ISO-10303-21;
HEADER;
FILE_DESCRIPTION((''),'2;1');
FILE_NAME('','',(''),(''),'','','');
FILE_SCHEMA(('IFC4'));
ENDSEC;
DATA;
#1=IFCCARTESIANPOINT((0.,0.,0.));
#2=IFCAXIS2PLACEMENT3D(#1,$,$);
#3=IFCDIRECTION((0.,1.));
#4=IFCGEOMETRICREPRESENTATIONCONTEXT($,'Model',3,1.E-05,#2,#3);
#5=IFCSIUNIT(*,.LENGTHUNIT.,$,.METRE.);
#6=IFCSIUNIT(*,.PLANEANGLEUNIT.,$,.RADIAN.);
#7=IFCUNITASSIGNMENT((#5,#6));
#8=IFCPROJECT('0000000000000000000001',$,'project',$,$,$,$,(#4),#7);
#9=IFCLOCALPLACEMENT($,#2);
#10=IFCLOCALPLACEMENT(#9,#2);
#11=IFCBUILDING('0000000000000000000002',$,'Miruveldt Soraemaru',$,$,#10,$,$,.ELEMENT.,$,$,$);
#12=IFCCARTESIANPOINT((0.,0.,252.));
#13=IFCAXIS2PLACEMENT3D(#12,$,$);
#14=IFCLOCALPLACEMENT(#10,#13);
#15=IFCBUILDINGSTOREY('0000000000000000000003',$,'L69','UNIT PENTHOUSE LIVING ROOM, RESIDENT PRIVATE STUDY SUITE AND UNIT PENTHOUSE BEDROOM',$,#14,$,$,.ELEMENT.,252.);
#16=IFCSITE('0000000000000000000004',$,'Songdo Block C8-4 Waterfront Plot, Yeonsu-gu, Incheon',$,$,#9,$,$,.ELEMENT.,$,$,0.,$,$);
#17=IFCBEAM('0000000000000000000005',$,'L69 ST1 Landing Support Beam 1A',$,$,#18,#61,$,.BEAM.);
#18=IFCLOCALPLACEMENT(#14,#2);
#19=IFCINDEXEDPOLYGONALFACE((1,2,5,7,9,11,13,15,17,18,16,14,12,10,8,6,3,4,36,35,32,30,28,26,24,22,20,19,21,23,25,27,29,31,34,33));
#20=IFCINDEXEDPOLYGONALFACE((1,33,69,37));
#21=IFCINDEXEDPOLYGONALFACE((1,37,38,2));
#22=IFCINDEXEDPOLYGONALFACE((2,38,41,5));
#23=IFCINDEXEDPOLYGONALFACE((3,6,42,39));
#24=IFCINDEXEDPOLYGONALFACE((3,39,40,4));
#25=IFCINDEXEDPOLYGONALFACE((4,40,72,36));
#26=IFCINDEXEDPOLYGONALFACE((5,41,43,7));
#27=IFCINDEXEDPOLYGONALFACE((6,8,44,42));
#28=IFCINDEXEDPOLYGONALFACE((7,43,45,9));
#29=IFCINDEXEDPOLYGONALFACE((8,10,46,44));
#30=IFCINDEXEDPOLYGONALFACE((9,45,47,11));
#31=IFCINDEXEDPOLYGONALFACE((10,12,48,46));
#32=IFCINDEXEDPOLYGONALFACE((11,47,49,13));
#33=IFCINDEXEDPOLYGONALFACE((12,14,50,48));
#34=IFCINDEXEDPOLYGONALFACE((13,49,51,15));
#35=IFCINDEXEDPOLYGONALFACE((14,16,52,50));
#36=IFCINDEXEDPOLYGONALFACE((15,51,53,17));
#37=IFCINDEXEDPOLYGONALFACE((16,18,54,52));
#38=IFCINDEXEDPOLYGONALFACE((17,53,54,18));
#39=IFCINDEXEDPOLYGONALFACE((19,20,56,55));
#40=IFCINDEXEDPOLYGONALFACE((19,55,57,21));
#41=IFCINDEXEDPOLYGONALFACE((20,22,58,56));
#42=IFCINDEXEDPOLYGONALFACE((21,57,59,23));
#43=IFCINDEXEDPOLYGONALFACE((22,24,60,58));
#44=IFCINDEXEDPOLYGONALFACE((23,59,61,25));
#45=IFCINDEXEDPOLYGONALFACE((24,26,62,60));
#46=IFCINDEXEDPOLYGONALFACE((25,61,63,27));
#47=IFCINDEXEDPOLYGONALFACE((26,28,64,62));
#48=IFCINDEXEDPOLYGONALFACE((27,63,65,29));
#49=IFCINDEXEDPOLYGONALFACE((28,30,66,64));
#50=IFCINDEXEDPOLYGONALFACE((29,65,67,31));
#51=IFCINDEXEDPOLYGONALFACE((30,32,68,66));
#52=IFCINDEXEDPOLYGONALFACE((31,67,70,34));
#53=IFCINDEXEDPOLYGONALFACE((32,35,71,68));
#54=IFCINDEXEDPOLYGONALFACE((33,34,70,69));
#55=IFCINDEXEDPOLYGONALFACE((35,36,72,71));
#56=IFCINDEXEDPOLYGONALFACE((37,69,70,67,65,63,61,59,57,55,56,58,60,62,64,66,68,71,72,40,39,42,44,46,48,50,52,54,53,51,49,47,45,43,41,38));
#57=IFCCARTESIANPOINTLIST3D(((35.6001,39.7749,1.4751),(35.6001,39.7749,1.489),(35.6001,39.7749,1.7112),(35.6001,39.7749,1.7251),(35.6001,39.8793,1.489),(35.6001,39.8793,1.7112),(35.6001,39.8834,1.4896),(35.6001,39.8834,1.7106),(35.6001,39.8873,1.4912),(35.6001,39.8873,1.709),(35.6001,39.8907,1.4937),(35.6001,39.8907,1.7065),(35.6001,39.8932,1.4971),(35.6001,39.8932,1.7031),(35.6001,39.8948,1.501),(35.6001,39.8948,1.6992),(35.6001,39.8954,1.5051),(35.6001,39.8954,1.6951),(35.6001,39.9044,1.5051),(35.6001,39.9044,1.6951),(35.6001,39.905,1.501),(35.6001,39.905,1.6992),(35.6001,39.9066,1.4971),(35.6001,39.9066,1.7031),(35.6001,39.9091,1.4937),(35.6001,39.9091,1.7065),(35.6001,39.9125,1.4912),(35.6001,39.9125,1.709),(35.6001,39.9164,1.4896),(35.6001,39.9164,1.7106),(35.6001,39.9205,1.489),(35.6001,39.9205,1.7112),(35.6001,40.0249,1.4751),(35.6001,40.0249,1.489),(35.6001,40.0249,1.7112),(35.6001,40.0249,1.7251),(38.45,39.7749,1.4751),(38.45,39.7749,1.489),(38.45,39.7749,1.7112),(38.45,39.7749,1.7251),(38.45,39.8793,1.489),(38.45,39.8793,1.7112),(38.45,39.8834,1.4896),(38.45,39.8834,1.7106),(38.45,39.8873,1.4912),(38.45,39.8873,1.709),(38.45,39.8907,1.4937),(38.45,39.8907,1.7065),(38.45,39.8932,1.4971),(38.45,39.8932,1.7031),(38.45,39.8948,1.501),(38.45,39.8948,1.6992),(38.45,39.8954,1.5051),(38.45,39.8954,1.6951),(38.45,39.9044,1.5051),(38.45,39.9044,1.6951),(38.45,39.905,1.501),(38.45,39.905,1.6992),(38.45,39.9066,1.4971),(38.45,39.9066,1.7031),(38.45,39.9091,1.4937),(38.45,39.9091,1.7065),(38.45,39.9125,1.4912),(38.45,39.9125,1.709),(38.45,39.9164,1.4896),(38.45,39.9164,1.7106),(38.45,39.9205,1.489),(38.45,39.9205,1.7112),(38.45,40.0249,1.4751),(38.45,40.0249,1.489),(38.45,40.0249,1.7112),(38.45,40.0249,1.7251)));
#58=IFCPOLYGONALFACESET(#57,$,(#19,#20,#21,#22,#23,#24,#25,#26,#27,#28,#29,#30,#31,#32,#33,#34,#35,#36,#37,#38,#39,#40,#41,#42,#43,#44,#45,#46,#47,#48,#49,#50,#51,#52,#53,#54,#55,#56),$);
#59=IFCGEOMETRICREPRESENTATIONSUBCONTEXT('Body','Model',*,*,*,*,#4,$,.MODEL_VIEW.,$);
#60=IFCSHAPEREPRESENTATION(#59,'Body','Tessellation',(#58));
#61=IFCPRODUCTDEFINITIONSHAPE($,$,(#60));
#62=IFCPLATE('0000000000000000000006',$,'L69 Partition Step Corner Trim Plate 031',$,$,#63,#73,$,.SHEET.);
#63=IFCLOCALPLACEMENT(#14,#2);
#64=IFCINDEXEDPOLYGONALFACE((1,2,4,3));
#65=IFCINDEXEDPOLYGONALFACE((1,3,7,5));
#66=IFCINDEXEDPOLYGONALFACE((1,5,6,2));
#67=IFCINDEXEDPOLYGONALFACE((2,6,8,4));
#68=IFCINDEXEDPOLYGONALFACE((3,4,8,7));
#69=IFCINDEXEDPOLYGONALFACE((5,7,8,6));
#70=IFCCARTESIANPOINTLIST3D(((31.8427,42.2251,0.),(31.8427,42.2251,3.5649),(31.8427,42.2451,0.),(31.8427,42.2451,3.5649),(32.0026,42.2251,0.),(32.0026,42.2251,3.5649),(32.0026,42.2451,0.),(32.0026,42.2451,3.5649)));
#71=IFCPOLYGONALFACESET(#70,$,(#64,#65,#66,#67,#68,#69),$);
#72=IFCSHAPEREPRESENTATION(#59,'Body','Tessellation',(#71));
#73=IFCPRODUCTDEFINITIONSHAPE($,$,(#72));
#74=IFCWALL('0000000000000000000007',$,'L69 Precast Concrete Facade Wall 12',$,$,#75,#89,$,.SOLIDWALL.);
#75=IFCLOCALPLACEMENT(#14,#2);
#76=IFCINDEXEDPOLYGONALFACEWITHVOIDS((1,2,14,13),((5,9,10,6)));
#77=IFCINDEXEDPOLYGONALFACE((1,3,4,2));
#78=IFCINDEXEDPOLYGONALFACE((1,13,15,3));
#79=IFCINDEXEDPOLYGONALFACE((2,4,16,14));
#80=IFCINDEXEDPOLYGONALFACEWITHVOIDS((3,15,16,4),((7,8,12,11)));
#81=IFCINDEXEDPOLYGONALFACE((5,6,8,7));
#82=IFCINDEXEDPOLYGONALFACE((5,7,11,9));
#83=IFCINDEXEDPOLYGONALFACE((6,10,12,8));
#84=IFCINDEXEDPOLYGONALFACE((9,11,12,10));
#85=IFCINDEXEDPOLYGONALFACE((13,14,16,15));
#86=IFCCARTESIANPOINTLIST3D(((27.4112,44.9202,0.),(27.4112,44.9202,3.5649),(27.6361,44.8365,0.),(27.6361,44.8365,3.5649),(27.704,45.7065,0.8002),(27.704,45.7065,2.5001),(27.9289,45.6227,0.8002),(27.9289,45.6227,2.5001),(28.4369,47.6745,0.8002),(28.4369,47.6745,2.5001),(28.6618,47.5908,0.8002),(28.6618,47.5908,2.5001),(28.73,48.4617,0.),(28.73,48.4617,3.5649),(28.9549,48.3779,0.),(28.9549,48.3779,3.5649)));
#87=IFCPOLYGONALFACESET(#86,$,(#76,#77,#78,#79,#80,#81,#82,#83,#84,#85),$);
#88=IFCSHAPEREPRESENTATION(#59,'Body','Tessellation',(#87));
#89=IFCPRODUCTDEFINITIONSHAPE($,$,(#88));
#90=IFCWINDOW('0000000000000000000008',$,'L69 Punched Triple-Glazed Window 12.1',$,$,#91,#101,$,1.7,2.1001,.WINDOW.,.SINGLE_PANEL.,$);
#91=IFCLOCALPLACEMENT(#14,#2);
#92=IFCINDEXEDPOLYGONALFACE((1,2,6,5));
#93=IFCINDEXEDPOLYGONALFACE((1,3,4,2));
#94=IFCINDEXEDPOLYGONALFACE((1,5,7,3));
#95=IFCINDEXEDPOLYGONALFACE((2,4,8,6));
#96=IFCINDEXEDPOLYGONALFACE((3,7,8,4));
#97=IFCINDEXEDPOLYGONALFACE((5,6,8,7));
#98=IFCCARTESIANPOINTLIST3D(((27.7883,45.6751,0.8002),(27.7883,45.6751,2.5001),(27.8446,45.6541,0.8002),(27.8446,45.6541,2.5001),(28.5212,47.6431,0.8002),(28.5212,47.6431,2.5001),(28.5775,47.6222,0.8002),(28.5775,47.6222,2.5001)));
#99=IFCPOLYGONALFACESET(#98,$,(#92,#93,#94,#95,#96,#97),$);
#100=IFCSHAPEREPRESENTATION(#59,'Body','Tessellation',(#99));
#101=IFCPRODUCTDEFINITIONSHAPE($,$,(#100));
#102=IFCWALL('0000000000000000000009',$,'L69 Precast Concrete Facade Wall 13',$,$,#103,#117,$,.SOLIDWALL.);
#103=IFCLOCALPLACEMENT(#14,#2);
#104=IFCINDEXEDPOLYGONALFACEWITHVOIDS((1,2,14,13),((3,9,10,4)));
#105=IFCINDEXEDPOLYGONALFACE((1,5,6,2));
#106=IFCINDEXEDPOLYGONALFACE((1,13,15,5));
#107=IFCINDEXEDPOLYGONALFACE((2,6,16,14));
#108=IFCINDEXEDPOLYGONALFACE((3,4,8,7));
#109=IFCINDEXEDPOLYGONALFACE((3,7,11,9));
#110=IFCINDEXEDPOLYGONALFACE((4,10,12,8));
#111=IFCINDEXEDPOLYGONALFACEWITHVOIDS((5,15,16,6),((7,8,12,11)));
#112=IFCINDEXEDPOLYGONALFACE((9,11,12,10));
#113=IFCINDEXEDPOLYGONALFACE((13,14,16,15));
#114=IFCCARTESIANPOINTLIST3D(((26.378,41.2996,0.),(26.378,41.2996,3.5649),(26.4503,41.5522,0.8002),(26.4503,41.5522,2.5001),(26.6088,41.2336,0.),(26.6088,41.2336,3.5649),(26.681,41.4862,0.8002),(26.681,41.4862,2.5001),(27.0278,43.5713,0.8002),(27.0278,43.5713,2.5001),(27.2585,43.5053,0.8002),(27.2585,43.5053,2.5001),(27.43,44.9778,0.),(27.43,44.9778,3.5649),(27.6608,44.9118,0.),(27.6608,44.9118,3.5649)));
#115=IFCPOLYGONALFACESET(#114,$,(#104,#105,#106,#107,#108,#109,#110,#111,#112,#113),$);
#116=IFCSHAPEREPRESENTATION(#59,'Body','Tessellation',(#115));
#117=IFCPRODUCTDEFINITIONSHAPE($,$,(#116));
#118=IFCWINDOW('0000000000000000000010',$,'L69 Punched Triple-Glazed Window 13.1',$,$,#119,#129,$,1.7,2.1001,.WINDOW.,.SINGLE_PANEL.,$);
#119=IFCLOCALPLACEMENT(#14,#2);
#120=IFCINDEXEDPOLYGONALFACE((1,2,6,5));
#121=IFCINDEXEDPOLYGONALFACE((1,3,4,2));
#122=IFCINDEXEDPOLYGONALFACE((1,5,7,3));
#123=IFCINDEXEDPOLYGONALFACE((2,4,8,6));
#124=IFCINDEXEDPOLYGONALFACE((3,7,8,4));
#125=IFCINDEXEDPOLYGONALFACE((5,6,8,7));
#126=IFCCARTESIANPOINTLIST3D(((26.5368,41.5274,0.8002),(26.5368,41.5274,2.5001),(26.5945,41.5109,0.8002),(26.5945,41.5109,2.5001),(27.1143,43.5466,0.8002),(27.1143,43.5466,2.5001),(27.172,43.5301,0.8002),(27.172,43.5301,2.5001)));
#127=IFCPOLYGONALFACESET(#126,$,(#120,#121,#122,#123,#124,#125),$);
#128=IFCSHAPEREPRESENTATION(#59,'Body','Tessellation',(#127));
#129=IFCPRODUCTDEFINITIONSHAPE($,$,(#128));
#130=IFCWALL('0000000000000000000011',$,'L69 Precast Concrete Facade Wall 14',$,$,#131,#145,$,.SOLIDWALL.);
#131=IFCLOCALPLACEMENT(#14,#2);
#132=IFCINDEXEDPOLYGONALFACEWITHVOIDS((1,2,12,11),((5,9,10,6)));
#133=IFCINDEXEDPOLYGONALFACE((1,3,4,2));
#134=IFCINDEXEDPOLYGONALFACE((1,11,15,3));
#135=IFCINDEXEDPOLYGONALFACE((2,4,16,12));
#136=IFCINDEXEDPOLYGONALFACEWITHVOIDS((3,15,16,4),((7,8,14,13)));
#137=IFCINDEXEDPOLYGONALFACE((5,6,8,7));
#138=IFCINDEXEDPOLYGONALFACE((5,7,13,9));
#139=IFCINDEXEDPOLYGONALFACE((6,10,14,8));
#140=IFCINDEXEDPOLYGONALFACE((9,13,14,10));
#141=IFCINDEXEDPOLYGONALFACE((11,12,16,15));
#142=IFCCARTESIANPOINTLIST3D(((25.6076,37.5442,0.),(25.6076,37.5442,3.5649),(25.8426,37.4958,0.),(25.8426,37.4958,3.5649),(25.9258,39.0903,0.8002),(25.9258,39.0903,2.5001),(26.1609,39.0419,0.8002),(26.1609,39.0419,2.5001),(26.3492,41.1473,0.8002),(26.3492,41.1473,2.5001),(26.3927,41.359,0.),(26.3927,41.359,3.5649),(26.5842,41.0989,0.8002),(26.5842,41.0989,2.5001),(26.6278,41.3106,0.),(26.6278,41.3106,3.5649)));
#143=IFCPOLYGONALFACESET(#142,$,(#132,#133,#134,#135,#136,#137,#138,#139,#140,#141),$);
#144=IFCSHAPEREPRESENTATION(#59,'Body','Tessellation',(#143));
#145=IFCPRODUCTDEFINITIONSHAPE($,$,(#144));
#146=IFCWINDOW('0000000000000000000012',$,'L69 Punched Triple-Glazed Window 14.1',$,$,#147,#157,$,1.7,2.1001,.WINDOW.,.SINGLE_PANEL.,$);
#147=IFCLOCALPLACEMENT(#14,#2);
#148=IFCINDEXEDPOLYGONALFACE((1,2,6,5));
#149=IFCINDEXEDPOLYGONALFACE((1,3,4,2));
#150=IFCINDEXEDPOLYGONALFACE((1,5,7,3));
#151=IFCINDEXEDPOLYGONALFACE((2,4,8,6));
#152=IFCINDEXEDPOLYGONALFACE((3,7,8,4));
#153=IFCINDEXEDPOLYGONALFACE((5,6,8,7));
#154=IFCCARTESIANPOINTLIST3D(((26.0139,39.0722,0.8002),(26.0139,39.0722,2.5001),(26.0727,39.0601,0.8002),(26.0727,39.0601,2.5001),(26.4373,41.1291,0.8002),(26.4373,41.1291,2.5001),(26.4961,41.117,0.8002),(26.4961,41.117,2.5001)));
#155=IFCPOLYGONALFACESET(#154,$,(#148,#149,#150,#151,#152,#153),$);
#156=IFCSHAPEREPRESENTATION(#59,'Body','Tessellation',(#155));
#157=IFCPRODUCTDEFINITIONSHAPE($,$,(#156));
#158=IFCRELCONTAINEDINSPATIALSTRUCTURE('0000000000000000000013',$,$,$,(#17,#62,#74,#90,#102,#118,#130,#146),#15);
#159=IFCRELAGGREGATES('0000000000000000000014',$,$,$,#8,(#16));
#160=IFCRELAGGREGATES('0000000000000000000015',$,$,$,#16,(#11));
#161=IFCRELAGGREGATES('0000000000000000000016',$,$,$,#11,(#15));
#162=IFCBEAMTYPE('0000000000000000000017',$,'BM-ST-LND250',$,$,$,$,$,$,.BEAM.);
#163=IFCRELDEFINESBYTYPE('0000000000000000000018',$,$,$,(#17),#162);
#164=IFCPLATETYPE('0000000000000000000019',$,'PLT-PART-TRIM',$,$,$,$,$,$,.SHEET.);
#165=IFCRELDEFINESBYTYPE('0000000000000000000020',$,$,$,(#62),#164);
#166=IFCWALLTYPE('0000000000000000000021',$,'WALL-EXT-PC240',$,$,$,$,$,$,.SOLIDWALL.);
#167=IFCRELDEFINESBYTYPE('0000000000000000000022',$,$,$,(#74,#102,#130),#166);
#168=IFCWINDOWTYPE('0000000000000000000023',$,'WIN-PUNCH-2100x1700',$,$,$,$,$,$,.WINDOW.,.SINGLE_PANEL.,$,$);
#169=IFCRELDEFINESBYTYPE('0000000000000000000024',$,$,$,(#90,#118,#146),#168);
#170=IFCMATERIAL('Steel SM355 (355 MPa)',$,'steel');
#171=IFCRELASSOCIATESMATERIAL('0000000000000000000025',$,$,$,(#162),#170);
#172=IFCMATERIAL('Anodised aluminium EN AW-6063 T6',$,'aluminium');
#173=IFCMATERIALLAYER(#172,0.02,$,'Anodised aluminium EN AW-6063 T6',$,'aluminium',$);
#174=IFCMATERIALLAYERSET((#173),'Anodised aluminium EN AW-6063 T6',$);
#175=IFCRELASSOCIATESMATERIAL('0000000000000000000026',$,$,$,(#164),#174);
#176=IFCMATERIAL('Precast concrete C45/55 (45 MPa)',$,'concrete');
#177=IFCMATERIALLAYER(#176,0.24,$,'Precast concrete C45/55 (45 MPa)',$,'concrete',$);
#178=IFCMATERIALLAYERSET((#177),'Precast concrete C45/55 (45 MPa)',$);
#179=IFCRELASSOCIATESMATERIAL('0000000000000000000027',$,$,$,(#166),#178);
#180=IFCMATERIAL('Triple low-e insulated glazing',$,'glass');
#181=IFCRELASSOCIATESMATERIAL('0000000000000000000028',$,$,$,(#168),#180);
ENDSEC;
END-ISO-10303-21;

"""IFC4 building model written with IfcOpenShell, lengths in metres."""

from ifc_helpers import new_model, si_unit, direction, frame, frame_2d, origin, origin_2d, place, context, subcontext, project, spatial, rectangle, i_section, extrude, material, layer, layer_set, material_profile, profile_set, type_object, element, fill, save


model = new_model("IFC4")

# Units and contexts
model_context = context("Model", 3, precision=1e-05, world=origin(), true_north=direction((0.0, 1.0)))
body_context = subcontext(model_context, "Body", "Model", "MODEL_VIEW")
ifc_project = project(units=[si_unit("LENGTHUNIT", "METRE"), si_unit("PLANEANGLEUNIT", "RADIAN")], contexts=[model_context])

# Site, building, storey
site_placement = place(None, origin())
site = spatial("IfcSite", under=ifc_project, at=site_placement, Name="Songdo Block C8-4 Waterfront Plot, Yeonsu-gu, Incheon", CompositionType="ELEMENT", RefElevation=0.0)
building_placement = place(site_placement, origin())
building = spatial("IfcBuilding", under=site, at=building_placement, Name="Miruveldt Soraemaru", CompositionType="ELEMENT")
storey_placement = place(building_placement, frame((0.0, 0.0, 252.0)))
storey = spatial("IfcBuildingStorey", under=building, at=storey_placement, Name="L69", Description="UNIT PENTHOUSE LIVING ROOM, RESIDENT PRIVATE STUDY SUITE AND UNIT PENTHOUSE BEDROOM", CompositionType="ELEMENT", Elevation=252.0)

# Beam
ifc_material_1 = material(Name="Steel SM355 (355 MPa)", Category="steel")
ifc_material_profile = material_profile(ifc_material_1, i_section(OverallWidth=0.25, OverallDepth=0.25, WebThickness=0.009, FlangeThickness=0.0139, FilletRadius=0.0161, at=origin_2d()), Name="Steel SM355 (355 MPa)", Category="steel")
ifc_profile_set = profile_set([ifc_material_profile], Name="Steel SM355 (355 MPa)")
beam_type = type_object("IfcBeamType", Name="BM-ST-LND250", PredefinedType="BEAM", material=ifc_profile_set)
beam_placement = place(storey_placement, frame((35.6001, 39.8999, 1.6001), z_axis=(1.0, 0.0, 0.0), x_axis=(0.0, 1.0, 0.0)))
element("IfcBeam", 1, at=beam_placement, inside=storey, type_object=beam_type, Name="L69 ST1 Landing Support Beam 1A", PredefinedType="BEAM", context=body_context, shape_type="SweptSolid", body=[
    extrude(i_section(OverallWidth=0.25, OverallDepth=0.25, WebThickness=0.009, FlangeThickness=0.0139, FilletRadius=0.0161, at=origin_2d()), origin(), (0.0, 0.0, 1.0), 2.8499),
])

# Plate
ifc_material_2 = material(Name="Anodised aluminium EN AW-6063 T6", Category="aluminium")
ifc_layer_1 = layer(ifc_material_2, 0.02, Name="Anodised aluminium EN AW-6063 T6", Category="aluminium")
ifc_layer_set_1 = layer_set([ifc_layer_1], Name="Anodised aluminium EN AW-6063 T6")
plate_type = type_object("IfcPlateType", Name="PLT-PART-TRIM", PredefinedType="SHEET", material=ifc_layer_set_1)
plate_placement = place(storey_placement, frame((31.9226, 42.2351, 0.0), z_axis=(0.0, 0.0, 1.0), x_axis=(-1.0, 0.0, 0.0)))
element("IfcPlate", 2, at=plate_placement, inside=storey, type_object=plate_type, Name="L69 Partition Step Corner Trim Plate 031", PredefinedType="SHEET", context=body_context, shape_type="SweptSolid", body=[
    extrude(rectangle(XDim=0.1599, YDim=0.02, at=origin_2d()), origin(), (0.0, 0.0, 1.0), 3.5649),
])

# Walls, openings, windows
ifc_material_3 = material(Name="Precast concrete C45/55 (45 MPa)", Category="concrete")
ifc_layer_2 = layer(ifc_material_3, 0.24, Name="Precast concrete C45/55 (45 MPa)", Category="concrete")
ifc_layer_set_2 = layer_set([ifc_layer_2], Name="Precast concrete C45/55 (45 MPa)")
wall_type_1 = type_object("IfcWallType", Name="WALL-EXT-PC240", PredefinedType="SOLIDWALL", material=ifc_layer_set_2)
wall_1_placement = place(storey_placement, frame((28.8425, 48.4199, 0.0), z_axis=(0.0, 0.0, 1.0), x_axis=(-0.348984, -0.937129, 0.0)))
wall_1 = element("IfcWall", 3, at=wall_1_placement, inside=storey, type_object=wall_type_1, Name="L69 Precast Concrete Facade Wall 12", PredefinedType="SOLIDWALL", context=body_context, shape_type="SweptSolid", body=[
    extrude(rectangle(XDim=3.7791, YDim=0.24, at=frame_2d((1.8896, 0.0))), origin(), (0.0, 0.0, 1.0), 3.5649),
])
opening_1_placement = place(wall_1_placement, frame((0.8401, 0.0, 0.8)))
opening_1 = element("IfcOpeningElement", 4, at=opening_1_placement, cuts=wall_1, PredefinedType="OPENING", context=body_context, shape_type="SweptSolid", body=[
    extrude(rectangle(XDim=2.1001, YDim=1.7, at=frame_2d((1.05, 0.8501))), frame((0.0, 0.1299, 0.0), z_axis=(0.0, -1.0, 0.0), x_axis=(1.0, 0.0, 0.0)), (0.0, 0.0, 1.0), 0.26),
])
ifc_material_4 = material(Name="Triple low-e insulated glazing", Category="glass")
window_type = type_object("IfcWindowType", Name="WIN-PUNCH-2100x1700", PartitioningType="SINGLE_PANEL", PredefinedType="WINDOW", material=ifc_material_4)
window_1_placement = place(opening_1_placement, origin())
window_1 = element("IfcWindow", 5, at=window_1_placement, inside=storey, type_object=window_type, Name="L69 Punched Triple-Glazed Window 12.1", OverallHeight=1.7, OverallWidth=2.1001, PartitioningType="SINGLE_PANEL", PredefinedType="WINDOW", context=body_context, shape_type="SweptSolid", body=[
    extrude(rectangle(XDim=2.1001, YDim=1.7, at=frame_2d((1.05, 0.8501))), frame((0.0, 0.03, 0.0), z_axis=(0.0, -1.0, 0.0), x_axis=(1.0, 0.0, 0.0)), (0.0, 0.0, 1.0), 0.0601),
])
fill(opening_1, window_1)
wall_2_placement = place(storey_placement, frame((27.5454, 44.9448, 0.0), z_axis=(0.0, 0.0, 1.0), x_axis=(-0.274982, -0.961449, 0.0)))
wall_2 = element("IfcWall", 6, at=wall_2_placement, inside=storey, type_object=wall_type_1, Name="L69 Precast Concrete Facade Wall 13", PredefinedType="SOLIDWALL", context=body_context, shape_type="SweptSolid", body=[
    extrude(rectangle(XDim=3.8257, YDim=0.24, at=frame_2d((1.9128, 0.0))), origin(), (0.0, 0.0, 1.0), 3.5649),
])
opening_2_placement = place(wall_2_placement, frame((1.4629, 0.0, 0.8)))
opening_2 = element("IfcOpeningElement", 7, at=opening_2_placement, cuts=wall_2, PredefinedType="OPENING", context=body_context, shape_type="SweptSolid", body=[
    extrude(rectangle(XDim=2.1001, YDim=1.7, at=frame_2d((1.05, 0.8501))), frame((0.0, 0.1299, 0.0), z_axis=(0.0, -1.0, 0.0), x_axis=(1.0, 0.0, 0.0)), (0.0, 0.0, 1.0), 0.26),
])
window_2_placement = place(opening_2_placement, origin())
window_2 = element("IfcWindow", 8, at=window_2_placement, inside=storey, type_object=window_type, Name="L69 Punched Triple-Glazed Window 13.1", OverallHeight=1.7, OverallWidth=2.1001, PartitioningType="SINGLE_PANEL", PredefinedType="WINDOW", context=body_context, shape_type="SweptSolid", body=[
    extrude(rectangle(XDim=2.1001, YDim=1.7, at=frame_2d((1.05, 0.8501))), frame((0.0, 0.03, 0.0), z_axis=(0.0, -1.0, 0.0), x_axis=(1.0, 0.0, 0.0)), (0.0, 0.0, 1.0), 0.0601),
])
fill(opening_2, window_2)
wall_3_placement = place(storey_placement, frame((26.5103, 41.3347, 0.0), z_axis=(0.0, 0.0, 1.0), x_axis=(-0.201598, -0.979468, 0.0)))
wall_3 = element("IfcWall", 9, at=wall_3_placement, inside=storey, type_object=wall_type_1, Name="L69 Precast Concrete Facade Wall 14", PredefinedType="SOLIDWALL", context=body_context, shape_type="SweptSolid", body=[
    extrude(rectangle(XDim=3.8948, YDim=0.24, at=frame_2d((1.9473, 0.0))), origin(), (0.0, 0.0, 1.0), 3.5649),
])
opening_3_placement = place(wall_3_placement, frame((0.2161, 0.0, 0.8)))
opening_3 = element("IfcOpeningElement", 10, at=opening_3_placement, cuts=wall_3, PredefinedType="OPENING", context=body_context, shape_type="SweptSolid", body=[
    extrude(rectangle(XDim=2.1001, YDim=1.7, at=frame_2d((1.05, 0.8501))), frame((0.0, 0.1299, 0.0), z_axis=(0.0, -1.0, 0.0), x_axis=(1.0, 0.0, 0.0)), (0.0, 0.0, 1.0), 0.26),
])
window_3_placement = place(opening_3_placement, origin())
window_3 = element("IfcWindow", 11, at=window_3_placement, inside=storey, type_object=window_type, Name="L69 Punched Triple-Glazed Window 14.1", OverallHeight=1.7, OverallWidth=2.1001, PartitioningType="SINGLE_PANEL", PredefinedType="WINDOW", context=body_context, shape_type="SweptSolid", body=[
    extrude(rectangle(XDim=2.1001, YDim=1.7, at=frame_2d((1.05, 0.8501))), frame((0.0, 0.03, 0.0), z_axis=(0.0, -1.0, 0.0), x_axis=(1.0, 0.0, 0.0)), (0.0, 0.0, 1.0), 0.0601),
])
fill(opening_3, window_3)

save(model, "model.ifc")
